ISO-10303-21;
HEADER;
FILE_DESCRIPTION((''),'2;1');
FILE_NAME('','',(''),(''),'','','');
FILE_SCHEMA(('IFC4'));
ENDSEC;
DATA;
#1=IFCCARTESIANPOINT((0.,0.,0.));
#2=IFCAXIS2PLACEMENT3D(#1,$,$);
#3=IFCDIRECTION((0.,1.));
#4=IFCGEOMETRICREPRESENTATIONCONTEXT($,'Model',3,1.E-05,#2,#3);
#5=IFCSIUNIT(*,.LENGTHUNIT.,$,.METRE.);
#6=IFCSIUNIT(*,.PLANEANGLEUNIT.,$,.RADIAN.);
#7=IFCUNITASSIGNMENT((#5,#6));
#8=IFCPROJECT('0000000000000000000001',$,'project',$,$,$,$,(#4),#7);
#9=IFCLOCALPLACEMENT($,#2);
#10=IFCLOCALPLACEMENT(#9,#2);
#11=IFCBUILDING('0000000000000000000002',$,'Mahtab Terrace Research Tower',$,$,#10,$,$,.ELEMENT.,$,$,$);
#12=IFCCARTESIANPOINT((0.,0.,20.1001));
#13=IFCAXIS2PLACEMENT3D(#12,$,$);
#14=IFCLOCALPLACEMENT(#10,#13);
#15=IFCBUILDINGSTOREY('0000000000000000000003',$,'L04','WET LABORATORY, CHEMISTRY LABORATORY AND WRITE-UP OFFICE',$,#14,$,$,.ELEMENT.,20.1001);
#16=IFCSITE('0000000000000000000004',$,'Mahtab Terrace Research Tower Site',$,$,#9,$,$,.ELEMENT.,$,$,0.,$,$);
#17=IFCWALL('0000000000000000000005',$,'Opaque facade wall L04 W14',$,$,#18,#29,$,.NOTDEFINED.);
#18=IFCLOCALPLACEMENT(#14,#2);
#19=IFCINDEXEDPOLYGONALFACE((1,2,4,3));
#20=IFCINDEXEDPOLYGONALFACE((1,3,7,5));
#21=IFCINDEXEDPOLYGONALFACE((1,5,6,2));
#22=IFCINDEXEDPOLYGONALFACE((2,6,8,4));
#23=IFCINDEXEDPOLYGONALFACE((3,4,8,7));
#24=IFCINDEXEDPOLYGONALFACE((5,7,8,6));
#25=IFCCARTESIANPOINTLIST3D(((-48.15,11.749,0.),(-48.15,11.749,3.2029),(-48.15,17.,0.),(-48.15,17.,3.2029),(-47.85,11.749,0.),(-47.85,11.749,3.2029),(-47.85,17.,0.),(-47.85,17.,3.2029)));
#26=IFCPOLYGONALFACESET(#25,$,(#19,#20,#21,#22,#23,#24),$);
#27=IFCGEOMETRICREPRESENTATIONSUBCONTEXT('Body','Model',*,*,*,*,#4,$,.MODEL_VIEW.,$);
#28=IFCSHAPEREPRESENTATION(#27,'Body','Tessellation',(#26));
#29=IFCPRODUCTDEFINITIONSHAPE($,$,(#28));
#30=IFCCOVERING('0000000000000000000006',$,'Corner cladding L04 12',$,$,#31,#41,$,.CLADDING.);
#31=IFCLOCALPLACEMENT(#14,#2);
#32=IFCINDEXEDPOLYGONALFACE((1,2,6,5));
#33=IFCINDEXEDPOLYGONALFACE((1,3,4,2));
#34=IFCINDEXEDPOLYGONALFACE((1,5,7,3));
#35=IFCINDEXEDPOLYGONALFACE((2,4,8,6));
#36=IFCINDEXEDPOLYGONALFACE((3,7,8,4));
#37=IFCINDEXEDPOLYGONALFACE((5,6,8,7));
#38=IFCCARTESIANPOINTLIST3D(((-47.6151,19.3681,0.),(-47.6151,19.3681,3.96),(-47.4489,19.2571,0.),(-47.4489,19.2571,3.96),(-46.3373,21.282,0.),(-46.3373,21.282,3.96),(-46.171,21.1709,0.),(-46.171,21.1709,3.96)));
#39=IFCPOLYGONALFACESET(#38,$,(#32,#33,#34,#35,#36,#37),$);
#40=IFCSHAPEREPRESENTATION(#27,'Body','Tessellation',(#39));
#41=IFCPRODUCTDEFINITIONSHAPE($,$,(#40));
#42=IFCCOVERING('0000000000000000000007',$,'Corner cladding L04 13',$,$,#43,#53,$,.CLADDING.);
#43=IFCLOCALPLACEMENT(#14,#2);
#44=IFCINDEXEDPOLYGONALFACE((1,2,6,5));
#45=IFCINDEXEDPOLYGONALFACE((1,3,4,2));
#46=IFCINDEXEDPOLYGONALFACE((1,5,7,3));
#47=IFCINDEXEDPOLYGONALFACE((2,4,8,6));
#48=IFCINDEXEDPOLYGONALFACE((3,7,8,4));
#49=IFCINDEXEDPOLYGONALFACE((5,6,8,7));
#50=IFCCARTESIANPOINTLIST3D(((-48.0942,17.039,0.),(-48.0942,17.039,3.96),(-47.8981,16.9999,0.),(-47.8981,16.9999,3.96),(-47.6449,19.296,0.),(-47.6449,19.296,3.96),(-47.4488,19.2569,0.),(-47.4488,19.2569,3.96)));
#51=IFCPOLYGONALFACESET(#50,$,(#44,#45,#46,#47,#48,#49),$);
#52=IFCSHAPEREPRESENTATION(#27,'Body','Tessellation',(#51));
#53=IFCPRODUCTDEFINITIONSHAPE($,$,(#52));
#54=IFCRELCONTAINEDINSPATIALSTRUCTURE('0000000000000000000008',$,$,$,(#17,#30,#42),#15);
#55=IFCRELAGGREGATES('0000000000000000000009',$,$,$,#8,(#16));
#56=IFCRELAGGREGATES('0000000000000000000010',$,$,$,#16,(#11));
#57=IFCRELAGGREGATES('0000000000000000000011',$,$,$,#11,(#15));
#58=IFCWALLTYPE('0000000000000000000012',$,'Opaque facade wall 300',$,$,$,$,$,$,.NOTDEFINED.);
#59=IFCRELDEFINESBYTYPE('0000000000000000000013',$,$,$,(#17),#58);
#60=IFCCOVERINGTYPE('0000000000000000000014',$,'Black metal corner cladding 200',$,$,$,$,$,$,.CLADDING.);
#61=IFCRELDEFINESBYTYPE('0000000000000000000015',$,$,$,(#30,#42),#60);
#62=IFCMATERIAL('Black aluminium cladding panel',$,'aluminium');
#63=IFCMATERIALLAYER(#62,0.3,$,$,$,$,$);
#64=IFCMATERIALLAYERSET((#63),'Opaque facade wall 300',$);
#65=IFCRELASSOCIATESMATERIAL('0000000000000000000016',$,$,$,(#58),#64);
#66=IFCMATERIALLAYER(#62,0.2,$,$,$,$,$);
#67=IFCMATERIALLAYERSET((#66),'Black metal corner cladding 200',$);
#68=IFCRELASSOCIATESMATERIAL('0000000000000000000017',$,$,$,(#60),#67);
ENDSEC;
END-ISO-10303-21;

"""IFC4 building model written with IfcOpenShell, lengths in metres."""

from ifc_helpers import new_model, si_unit, direction, frame, frame_2d, origin, origin_2d, place, context, subcontext, project, spatial, rectangle, extrude, material, layer, layer_set, type_object, element, save


model = new_model("IFC4")

# Units and contexts
model_context = context("Model", 3, precision=1e-05, world=origin(), true_north=direction((0.0, 1.0)))
body_context = subcontext(model_context, "Body", "Model", "MODEL_VIEW")
ifc_project = project(units=[si_unit("LENGTHUNIT", "METRE"), si_unit("PLANEANGLEUNIT", "RADIAN")], contexts=[model_context])

# Site, building, storey
site_placement = place(None, origin())
site = spatial("IfcSite", under=ifc_project, at=site_placement, Name="Mahtab Terrace Research Tower Site", CompositionType="ELEMENT", RefElevation=0.0)
building_placement = place(site_placement, origin())
building = spatial("IfcBuilding", under=site, at=building_placement, Name="Mahtab Terrace Research Tower", CompositionType="ELEMENT")
storey_placement = place(building_placement, frame((0.0, 0.0, 20.1001)))
storey = spatial("IfcBuildingStorey", under=building, at=storey_placement, Name="L04", Description="WET LABORATORY, CHEMISTRY LABORATORY AND WRITE-UP OFFICE", CompositionType="ELEMENT", Elevation=20.1001)

# Wall
ifc_material_1 = material(Name="Black aluminium cladding panel", Category="aluminium")
ifc_layer_1 = layer(ifc_material_1, 0.3)
ifc_layer_set_1 = layer_set([ifc_layer_1], Name="Opaque facade wall 300")
wall_type_1 = type_object("IfcWallType", Name="Opaque facade wall 300", PredefinedType="NOTDEFINED", material=ifc_layer_set_1)
wall_1_placement = place(storey_placement, frame((-48.0, 17.0, 0.0), z_axis=(0.0, 0.0, 1.0), x_axis=(0.0, -1.0, 0.0)))
element("IfcWall", 1, at=wall_1_placement, inside=storey, type_object=wall_type_1, Name="Opaque facade wall L04 W14", PredefinedType="NOTDEFINED", context=body_context, shape_type="SweptSolid", body=[
    extrude(rectangle(XDim=5.251, YDim=0.3, at=frame_2d((2.6255, 0.0))), origin(), (0.0, 0.0, 1.0), 3.2029),
])

# Coverings
ifc_layer_2 = layer(ifc_material_1, 0.2)
ifc_layer_set_2 = layer_set([ifc_layer_2], Name="Black metal corner cladding 200")
covering_type = type_object("IfcCoveringType", Name="Black metal corner cladding 200", PredefinedType="CLADDING", material=ifc_layer_set_2)
for number, where, z_axis, x_axis, name in (
    (2, (-46.8931, 20.2695, 0.0), (0.0, 0.0, 1.0), (-0.555291, -0.831656, 0.0), "Corner cladding L04 12"),
    (3, (-47.7715, 18.1479, 0.0), (0.0, 0.0, 1.0), (-0.195212, -0.980761, 0.0), "Corner cladding L04 13"),
):
    element("IfcCovering", number, at=place(storey_placement, frame(where, z_axis=z_axis, x_axis=x_axis)), inside=storey, type_object=covering_type, Name=name, PredefinedType="CLADDING", context=body_context, shape_type="SweptSolid", body=[
        extrude(rectangle(XDim=2.3013, YDim=0.2, at=origin_2d()), origin(), (0.0, 0.0, 1.0), 3.96),
    ])

save(model, "model.ifc")
